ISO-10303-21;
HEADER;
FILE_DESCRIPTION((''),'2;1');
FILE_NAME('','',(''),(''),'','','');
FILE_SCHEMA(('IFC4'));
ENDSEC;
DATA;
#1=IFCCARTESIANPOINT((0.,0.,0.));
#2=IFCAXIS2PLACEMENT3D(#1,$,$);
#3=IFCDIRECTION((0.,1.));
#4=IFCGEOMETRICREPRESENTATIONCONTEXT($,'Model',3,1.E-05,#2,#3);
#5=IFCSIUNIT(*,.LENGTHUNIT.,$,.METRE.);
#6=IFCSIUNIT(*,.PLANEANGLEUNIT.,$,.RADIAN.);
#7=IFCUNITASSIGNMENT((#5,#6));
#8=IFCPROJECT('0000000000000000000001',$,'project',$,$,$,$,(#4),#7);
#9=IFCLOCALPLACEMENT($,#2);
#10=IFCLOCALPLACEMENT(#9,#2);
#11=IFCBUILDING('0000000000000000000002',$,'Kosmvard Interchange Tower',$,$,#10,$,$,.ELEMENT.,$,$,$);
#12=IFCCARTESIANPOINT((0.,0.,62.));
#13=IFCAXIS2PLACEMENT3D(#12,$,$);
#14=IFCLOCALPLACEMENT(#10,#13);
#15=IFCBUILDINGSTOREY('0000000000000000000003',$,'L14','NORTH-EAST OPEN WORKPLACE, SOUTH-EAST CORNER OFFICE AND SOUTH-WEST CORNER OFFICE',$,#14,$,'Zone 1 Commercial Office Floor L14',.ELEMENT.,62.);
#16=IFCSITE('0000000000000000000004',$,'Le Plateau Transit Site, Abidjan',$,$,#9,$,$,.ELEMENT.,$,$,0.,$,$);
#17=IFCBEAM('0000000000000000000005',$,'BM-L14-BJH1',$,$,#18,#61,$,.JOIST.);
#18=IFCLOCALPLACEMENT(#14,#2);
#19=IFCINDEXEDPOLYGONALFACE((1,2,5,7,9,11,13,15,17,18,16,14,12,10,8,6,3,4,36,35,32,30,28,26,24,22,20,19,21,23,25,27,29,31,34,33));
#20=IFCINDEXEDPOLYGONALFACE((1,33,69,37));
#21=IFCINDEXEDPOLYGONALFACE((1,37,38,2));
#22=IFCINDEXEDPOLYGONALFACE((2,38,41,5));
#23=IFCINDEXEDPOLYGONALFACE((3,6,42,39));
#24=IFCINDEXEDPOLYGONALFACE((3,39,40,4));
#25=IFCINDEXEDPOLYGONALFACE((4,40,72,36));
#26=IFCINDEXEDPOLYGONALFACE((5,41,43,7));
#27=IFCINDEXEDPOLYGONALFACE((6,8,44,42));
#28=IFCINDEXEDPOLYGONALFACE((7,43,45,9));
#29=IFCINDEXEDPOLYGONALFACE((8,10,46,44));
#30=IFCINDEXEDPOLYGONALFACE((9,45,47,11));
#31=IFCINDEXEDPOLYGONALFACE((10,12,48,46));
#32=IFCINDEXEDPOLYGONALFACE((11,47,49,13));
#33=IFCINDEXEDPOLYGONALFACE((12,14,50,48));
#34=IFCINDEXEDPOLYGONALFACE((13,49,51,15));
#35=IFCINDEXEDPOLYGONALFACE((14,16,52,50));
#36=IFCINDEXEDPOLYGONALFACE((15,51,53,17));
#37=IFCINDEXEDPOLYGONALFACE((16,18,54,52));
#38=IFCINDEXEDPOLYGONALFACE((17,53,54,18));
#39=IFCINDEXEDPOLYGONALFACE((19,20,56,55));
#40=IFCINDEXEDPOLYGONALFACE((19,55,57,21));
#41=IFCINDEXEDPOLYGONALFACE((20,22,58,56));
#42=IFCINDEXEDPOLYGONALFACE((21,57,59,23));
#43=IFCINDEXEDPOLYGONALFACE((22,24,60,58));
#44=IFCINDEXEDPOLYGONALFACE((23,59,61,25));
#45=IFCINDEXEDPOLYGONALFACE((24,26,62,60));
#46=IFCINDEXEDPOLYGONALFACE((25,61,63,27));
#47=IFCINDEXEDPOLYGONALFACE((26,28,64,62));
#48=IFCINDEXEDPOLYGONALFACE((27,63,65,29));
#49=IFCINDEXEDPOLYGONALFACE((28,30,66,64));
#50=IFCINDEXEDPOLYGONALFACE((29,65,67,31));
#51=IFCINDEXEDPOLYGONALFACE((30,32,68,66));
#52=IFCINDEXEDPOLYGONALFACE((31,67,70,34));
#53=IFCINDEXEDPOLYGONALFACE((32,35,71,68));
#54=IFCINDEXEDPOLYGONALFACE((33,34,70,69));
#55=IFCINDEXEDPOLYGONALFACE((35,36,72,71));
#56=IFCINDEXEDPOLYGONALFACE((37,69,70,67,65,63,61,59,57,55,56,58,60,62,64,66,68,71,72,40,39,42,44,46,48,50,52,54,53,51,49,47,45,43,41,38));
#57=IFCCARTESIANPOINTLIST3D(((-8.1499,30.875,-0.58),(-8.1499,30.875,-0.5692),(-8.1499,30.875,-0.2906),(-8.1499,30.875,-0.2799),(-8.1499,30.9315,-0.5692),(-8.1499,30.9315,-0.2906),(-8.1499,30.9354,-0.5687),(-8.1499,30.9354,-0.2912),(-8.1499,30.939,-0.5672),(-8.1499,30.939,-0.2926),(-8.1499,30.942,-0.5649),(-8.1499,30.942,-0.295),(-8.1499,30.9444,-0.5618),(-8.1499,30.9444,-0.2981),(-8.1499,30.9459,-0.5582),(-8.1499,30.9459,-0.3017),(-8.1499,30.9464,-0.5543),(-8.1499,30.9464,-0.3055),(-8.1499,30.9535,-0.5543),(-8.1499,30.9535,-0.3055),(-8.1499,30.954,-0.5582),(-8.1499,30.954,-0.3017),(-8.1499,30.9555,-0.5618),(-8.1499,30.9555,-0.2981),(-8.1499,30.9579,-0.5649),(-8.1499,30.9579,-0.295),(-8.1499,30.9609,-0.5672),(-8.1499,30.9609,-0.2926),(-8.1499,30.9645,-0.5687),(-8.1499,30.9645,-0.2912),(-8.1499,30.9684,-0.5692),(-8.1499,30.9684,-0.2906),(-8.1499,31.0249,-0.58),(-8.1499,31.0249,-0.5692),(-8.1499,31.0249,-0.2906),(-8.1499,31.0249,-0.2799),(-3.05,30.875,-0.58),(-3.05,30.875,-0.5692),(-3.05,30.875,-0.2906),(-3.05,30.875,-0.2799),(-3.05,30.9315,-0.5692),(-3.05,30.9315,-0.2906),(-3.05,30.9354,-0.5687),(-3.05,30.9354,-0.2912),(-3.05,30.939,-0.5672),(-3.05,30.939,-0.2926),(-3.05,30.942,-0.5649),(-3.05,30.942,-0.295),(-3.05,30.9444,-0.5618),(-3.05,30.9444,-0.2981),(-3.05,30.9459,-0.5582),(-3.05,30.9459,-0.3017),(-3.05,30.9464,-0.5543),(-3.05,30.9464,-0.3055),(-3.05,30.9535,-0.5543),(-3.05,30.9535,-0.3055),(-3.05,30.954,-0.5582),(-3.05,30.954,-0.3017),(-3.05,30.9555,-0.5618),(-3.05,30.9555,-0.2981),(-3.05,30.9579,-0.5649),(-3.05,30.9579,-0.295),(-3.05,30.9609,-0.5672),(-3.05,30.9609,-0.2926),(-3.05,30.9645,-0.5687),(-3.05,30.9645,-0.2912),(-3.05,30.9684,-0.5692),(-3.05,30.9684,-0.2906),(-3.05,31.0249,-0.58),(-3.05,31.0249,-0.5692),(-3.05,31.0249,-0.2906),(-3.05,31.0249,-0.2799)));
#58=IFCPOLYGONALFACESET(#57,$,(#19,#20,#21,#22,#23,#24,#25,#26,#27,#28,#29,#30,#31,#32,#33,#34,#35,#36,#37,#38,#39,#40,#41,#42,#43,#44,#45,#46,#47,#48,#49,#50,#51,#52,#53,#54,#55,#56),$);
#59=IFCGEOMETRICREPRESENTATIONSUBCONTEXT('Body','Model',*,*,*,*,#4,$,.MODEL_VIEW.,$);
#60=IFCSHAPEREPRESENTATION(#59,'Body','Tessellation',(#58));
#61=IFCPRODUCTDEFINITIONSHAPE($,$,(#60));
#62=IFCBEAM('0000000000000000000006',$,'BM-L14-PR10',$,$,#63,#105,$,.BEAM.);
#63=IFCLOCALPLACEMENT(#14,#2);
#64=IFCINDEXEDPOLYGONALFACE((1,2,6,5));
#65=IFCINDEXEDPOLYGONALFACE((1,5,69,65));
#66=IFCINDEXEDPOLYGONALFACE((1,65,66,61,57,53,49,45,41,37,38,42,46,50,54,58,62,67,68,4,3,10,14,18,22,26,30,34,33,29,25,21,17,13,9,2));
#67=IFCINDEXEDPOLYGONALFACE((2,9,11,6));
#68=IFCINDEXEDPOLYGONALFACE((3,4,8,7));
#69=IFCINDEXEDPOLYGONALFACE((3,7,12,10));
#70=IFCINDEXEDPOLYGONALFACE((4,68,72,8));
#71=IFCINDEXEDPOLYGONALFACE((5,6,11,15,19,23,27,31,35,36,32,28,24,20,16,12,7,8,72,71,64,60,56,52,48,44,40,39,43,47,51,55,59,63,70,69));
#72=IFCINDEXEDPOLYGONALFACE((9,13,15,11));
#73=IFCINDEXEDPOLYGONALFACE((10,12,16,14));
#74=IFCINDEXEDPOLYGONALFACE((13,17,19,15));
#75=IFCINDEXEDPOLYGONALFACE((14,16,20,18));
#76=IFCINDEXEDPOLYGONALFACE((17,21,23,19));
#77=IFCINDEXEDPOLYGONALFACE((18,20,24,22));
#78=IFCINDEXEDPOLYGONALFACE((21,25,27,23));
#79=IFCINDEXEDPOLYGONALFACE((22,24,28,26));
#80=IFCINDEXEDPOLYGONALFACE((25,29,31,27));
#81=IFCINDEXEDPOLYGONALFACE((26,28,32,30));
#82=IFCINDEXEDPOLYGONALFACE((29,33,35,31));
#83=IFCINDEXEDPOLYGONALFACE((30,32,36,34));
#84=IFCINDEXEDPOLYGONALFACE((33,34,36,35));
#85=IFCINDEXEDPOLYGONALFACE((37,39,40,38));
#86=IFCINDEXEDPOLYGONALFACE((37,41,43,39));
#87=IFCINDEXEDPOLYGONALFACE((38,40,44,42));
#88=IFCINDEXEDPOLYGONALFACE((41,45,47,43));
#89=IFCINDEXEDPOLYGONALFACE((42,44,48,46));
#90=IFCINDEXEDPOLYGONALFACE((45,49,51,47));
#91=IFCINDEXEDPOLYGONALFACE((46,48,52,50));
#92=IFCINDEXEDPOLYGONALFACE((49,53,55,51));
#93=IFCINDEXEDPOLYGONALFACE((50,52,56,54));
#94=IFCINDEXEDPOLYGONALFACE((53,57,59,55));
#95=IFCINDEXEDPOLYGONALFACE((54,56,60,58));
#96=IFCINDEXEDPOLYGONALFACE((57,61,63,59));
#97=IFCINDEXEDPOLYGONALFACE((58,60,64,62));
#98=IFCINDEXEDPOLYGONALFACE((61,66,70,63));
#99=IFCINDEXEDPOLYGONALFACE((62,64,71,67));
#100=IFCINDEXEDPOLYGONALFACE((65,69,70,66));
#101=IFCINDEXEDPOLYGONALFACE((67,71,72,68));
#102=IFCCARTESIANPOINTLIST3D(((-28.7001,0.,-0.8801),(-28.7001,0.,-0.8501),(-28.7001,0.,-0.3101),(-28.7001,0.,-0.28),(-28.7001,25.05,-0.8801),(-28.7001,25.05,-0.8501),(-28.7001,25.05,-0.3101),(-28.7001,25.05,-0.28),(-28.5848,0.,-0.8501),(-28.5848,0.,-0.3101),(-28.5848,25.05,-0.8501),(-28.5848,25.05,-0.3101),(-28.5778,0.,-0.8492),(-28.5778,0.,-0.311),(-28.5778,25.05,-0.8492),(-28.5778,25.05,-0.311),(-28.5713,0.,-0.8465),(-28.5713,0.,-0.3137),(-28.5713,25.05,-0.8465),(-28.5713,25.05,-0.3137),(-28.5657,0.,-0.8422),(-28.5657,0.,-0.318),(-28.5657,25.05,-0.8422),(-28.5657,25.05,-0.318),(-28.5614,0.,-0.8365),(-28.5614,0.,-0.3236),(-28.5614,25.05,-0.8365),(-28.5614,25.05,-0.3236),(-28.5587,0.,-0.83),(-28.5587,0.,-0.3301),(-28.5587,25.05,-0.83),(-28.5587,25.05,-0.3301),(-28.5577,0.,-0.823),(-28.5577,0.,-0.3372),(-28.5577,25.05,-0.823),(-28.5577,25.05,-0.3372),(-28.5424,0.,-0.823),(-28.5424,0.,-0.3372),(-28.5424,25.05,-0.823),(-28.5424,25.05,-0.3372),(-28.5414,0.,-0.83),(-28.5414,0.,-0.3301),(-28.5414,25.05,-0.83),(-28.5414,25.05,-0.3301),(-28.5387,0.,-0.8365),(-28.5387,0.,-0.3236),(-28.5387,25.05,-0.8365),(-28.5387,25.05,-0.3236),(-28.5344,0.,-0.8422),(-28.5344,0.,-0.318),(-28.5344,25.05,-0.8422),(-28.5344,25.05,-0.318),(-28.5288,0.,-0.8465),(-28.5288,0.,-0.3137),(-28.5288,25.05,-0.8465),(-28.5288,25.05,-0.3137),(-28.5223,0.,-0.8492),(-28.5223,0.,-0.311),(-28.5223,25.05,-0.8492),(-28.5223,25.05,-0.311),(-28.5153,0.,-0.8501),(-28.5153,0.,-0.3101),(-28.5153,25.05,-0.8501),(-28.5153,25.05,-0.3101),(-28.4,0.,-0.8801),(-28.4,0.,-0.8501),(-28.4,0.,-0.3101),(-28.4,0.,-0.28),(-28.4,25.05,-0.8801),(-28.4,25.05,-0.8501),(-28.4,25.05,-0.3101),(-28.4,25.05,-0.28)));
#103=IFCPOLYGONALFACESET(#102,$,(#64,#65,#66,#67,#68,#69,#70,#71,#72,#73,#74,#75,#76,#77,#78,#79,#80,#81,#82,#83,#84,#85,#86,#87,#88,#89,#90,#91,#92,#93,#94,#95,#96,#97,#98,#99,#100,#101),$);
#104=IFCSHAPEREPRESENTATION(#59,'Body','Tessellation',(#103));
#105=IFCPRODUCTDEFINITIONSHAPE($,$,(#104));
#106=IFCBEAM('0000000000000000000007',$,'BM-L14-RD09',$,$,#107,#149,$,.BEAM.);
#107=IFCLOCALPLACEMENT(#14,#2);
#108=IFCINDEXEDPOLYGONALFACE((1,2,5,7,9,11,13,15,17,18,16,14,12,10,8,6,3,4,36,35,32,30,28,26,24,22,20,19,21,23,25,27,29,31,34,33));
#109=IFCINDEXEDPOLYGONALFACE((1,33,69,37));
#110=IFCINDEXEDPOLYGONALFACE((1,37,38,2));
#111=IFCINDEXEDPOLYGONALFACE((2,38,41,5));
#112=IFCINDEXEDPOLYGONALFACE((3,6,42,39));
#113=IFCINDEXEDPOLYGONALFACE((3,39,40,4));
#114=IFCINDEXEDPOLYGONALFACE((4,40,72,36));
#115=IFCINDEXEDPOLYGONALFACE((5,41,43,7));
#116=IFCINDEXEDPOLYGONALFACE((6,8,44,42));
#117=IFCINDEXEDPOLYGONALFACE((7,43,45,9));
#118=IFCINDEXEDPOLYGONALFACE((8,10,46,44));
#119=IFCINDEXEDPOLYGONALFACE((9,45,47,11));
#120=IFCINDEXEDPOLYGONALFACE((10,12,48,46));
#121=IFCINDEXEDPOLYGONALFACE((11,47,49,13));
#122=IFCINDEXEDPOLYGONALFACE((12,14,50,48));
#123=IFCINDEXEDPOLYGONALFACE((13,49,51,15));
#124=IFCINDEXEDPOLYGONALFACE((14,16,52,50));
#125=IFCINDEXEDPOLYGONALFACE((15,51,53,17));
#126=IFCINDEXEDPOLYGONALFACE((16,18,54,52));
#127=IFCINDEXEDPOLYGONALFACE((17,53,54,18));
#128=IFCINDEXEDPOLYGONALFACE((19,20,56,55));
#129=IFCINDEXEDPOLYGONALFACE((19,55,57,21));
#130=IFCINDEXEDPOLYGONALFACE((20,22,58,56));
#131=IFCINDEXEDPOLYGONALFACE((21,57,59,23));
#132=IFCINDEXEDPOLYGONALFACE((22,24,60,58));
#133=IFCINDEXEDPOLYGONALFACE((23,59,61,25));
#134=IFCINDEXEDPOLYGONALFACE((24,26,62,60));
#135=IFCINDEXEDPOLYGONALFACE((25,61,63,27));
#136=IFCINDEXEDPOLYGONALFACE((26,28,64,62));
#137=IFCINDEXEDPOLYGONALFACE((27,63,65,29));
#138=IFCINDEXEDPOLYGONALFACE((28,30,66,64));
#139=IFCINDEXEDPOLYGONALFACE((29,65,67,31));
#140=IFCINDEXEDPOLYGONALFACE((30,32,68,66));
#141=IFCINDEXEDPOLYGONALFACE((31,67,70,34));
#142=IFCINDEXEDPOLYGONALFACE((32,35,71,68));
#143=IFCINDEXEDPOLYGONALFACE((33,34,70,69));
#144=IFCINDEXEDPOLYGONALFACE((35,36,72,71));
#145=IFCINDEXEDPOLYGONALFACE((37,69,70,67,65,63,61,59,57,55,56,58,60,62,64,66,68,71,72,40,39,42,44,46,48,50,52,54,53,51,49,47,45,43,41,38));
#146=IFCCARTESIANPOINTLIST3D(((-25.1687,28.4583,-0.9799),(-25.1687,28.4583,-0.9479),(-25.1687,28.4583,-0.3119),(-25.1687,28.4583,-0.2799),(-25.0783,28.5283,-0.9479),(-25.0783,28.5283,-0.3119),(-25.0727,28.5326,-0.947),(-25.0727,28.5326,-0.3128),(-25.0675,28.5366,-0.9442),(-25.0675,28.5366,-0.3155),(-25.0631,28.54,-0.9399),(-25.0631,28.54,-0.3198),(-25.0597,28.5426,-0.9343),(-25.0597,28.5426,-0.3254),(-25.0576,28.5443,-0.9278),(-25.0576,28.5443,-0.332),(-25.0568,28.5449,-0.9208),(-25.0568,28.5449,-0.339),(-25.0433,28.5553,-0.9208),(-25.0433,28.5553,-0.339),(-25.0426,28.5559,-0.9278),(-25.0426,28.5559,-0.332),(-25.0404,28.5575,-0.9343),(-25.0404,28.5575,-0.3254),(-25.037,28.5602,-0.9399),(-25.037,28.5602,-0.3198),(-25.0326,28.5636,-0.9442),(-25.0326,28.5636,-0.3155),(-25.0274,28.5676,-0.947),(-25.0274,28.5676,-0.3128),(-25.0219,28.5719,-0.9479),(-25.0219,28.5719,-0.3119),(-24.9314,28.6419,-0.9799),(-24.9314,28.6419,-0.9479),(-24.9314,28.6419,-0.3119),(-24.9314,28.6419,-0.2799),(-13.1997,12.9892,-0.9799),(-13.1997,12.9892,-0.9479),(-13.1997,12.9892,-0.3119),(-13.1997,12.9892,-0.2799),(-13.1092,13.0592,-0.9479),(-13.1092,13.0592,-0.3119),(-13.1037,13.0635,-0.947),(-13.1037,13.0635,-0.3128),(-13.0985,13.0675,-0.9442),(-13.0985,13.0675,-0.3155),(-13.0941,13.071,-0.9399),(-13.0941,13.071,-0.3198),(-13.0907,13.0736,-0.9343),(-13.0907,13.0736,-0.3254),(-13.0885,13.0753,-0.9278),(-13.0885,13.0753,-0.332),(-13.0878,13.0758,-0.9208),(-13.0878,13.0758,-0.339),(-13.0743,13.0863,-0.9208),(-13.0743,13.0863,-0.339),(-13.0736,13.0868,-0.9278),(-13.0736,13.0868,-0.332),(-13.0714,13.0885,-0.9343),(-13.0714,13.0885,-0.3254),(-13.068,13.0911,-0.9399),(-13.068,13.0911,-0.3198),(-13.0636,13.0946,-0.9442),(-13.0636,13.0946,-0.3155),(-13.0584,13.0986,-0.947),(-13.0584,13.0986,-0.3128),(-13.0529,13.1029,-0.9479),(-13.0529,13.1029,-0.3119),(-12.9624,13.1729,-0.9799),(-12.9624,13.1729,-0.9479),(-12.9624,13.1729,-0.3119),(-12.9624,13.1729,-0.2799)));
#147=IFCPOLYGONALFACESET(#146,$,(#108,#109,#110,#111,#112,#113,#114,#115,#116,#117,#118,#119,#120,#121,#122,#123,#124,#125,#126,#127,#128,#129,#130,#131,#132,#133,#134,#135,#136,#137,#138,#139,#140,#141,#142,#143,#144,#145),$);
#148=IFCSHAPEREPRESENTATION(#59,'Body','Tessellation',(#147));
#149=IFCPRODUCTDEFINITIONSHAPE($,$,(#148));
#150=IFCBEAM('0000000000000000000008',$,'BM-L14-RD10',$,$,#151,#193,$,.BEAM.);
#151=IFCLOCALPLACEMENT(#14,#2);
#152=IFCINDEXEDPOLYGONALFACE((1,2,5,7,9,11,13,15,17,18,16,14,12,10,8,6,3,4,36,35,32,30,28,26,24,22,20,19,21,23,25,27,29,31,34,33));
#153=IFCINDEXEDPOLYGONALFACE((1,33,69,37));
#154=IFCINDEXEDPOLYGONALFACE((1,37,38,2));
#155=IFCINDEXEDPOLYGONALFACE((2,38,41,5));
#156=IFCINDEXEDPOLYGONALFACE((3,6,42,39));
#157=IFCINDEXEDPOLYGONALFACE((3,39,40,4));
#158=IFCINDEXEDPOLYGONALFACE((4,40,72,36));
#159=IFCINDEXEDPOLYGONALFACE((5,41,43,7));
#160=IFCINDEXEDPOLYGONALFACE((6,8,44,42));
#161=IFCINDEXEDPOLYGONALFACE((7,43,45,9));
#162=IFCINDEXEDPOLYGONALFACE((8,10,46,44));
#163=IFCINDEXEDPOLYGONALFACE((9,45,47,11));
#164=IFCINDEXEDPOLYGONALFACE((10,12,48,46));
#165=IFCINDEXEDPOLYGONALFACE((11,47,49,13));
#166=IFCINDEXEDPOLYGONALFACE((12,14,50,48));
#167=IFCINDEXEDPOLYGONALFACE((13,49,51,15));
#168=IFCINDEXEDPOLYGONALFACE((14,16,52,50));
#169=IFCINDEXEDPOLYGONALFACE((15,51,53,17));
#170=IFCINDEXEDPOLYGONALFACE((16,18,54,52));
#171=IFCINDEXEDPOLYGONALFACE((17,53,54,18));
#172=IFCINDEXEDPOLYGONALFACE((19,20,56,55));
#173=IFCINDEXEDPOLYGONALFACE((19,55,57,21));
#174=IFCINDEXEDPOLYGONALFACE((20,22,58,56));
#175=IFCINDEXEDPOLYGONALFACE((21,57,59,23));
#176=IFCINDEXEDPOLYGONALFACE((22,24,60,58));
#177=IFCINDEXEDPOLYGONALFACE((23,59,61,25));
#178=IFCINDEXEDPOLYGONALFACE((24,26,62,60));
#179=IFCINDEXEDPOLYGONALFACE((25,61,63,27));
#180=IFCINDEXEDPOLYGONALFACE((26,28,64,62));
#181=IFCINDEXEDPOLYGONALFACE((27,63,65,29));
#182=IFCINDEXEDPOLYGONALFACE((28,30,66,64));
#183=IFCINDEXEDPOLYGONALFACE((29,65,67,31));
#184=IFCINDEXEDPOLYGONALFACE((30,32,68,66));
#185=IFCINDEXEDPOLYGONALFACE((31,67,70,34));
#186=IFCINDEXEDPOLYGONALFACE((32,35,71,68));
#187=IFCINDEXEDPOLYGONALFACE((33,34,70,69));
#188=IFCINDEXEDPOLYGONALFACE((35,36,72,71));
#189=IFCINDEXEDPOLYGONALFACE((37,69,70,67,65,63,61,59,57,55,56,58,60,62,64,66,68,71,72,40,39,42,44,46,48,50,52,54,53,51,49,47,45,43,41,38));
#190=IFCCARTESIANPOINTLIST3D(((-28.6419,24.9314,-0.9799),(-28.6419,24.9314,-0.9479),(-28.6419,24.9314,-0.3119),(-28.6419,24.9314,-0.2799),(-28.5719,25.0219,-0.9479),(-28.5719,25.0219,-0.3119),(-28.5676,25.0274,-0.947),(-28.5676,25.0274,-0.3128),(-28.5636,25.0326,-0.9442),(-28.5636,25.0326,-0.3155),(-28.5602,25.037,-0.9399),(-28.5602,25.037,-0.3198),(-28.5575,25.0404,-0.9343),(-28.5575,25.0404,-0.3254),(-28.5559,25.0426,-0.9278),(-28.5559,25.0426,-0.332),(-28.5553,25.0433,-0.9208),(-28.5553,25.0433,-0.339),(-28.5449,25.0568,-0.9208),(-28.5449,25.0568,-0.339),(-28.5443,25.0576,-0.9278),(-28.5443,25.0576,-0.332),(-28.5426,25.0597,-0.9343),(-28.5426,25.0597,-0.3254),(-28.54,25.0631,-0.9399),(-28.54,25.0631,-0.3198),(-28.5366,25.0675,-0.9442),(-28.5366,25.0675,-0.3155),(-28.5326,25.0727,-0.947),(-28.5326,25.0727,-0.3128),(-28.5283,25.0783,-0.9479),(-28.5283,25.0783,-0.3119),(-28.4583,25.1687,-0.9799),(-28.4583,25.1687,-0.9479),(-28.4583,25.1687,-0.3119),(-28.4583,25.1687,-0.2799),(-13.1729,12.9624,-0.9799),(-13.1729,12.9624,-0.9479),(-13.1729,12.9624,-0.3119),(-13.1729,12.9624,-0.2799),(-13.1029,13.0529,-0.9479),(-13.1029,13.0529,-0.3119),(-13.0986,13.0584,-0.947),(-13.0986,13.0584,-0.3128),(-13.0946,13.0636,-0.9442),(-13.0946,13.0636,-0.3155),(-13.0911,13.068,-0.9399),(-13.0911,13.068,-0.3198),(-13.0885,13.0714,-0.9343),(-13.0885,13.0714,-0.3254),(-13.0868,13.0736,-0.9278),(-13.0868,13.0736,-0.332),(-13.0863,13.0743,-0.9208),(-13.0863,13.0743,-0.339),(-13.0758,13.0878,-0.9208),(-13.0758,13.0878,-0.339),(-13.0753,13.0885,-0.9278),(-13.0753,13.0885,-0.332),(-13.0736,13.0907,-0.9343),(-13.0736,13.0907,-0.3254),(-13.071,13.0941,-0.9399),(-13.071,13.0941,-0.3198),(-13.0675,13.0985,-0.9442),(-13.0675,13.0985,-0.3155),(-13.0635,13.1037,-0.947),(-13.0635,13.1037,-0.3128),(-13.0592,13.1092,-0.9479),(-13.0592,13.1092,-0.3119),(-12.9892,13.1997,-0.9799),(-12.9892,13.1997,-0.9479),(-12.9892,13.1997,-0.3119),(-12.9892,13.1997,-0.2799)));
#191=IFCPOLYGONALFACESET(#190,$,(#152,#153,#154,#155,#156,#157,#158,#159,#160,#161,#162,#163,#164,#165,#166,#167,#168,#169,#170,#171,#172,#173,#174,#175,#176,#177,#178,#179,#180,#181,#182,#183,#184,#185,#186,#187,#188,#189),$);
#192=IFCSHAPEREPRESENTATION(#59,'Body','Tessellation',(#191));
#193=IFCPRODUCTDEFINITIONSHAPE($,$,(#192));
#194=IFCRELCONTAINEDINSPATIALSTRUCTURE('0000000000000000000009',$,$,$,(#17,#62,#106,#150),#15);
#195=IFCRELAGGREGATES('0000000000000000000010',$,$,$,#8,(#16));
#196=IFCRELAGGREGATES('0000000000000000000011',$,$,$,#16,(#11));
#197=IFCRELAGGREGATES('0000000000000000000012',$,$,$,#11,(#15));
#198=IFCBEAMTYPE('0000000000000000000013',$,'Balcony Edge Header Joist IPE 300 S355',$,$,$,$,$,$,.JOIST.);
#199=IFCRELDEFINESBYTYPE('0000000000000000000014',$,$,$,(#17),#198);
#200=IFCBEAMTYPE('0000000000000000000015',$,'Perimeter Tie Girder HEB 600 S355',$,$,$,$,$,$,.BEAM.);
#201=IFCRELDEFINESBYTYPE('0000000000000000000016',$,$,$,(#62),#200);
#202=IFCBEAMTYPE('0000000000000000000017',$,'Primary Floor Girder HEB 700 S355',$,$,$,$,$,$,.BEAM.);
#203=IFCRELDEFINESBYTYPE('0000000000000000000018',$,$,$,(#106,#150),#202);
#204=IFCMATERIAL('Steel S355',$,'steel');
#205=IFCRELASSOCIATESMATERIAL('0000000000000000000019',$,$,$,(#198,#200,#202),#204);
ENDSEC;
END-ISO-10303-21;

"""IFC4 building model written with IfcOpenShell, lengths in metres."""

from ifc_helpers import new_model, si_unit, direction, frame, origin, origin_2d, place, context, subcontext, project, spatial, i_section, extrude, source, transform, mapped, material, material_profile, profile_set, type_object, element, save


model = new_model("IFC4")

# Units and contexts
model_context = context("Model", 3, precision=1e-05, world=origin(), true_north=direction((0.0, 1.0)))
body_context = subcontext(model_context, "Body", "Model", "MODEL_VIEW")
ifc_project = project(units=[si_unit("LENGTHUNIT", "METRE"), si_unit("PLANEANGLEUNIT", "RADIAN")], contexts=[model_context])

# Site, building, storey
site_placement = place(None, origin())
site = spatial("IfcSite", under=ifc_project, at=site_placement, Name="Le Plateau Transit Site, Abidjan", CompositionType="ELEMENT", RefElevation=0.0)
building_placement = place(site_placement, origin())
building = spatial("IfcBuilding", under=site, at=building_placement, Name="Kosmvard Interchange Tower", CompositionType="ELEMENT")
storey_placement = place(building_placement, frame((0.0, 0.0, 62.0)))
storey = spatial("IfcBuildingStorey", under=building, at=storey_placement, Name="L14", Description="NORTH-EAST OPEN WORKPLACE, SOUTH-EAST CORNER OFFICE AND SOUTH-WEST CORNER OFFICE", LongName="Zone 1 Commercial Office Floor L14", CompositionType="ELEMENT", Elevation=62.0)

# Beams
ifc_material_1 = material(Name="Steel S355", Category="steel")
ifc_material_profile_1 = material_profile(ifc_material_1, i_section(OverallWidth=0.1499, OverallDepth=0.3, WebThickness=0.0071, FlangeThickness=0.0107, FilletRadius=0.0149, at=origin_2d()), Name="IPE 300")
ifc_profile_set_1 = profile_set([ifc_material_profile_1], Name="Steel S355")
beam_type_1 = type_object("IfcBeamType", Name="Balcony Edge Header Joist IPE 300 S355", PredefinedType="JOIST", material=ifc_profile_set_1)
shared_shape_1 = source(origin(), body_context, "Body", "SweptSolid", [
    extrude(i_section(OverallWidth=0.1499, OverallDepth=0.3, WebThickness=0.0071, FlangeThickness=0.0107, FilletRadius=0.0149, at=origin_2d()), origin(), (0.0, 0.0, 1.0), 5.0999),
])
beam_1_placement = place(storey_placement, frame((-3.05, 30.95, -0.4299), z_axis=(-1.0, 0.0, 0.0), x_axis=(0.0, -1.0, 0.0)))
element("IfcBeam", 1, at=beam_1_placement, inside=storey, type_object=beam_type_1, Name="BM-L14-BJH1", PredefinedType="JOIST", context=body_context, shape_type="MappedRepresentation", body=[
    mapped(shared_shape_1, transform((0.0, 0.0, 0.0), scale=1.0)),
])
ifc_material_profile_2 = material_profile(ifc_material_1, i_section(OverallWidth=0.3, OverallDepth=0.6001, WebThickness=0.0154, FlangeThickness=0.03, FilletRadius=0.0271, at=origin_2d()), Name="HEB 600")
ifc_profile_set_2 = profile_set([ifc_material_profile_2], Name="Steel S355")
beam_type_2 = type_object("IfcBeamType", Name="Perimeter Tie Girder HEB 600 S355", PredefinedType="BEAM", material=ifc_profile_set_2)
shared_shape_2 = source(origin(), body_context, "Body", "SweptSolid", [
    extrude(i_section(OverallWidth=0.3, OverallDepth=0.6001, WebThickness=0.0154, FlangeThickness=0.03, FilletRadius=0.0271, at=origin_2d()), origin(), (0.0, 0.0, 1.0), 25.05),
])
beam_2_placement = place(storey_placement, frame((-28.55, 25.05, -0.5801), z_axis=(0.0, -1.0, 0.0), x_axis=(1.0, 0.0, 0.0)))
element("IfcBeam", 2, at=beam_2_placement, inside=storey, type_object=beam_type_2, Name="BM-L14-PR10", PredefinedType="BEAM", context=body_context, shape_type="MappedRepresentation", body=[
    mapped(shared_shape_2, transform((0.0, 0.0, 0.0), scale=1.0)),
])
ifc_material_profile_3 = material_profile(ifc_material_1, i_section(OverallWidth=0.3, OverallDepth=0.7, WebThickness=0.0171, FlangeThickness=0.032, FilletRadius=0.0271, at=origin_2d()), Name="HEB 700")
ifc_profile_set_3 = profile_set([ifc_material_profile_3], Name="Steel S355")
beam_type_3 = type_object("IfcBeamType", Name="Primary Floor Girder HEB 700 S355", PredefinedType="BEAM", material=ifc_profile_set_3)
shared_shape_3 = source(origin(), body_context, "Body", "SweptSolid", [
    extrude(i_section(OverallWidth=0.3, OverallDepth=0.7, WebThickness=0.0171, FlangeThickness=0.032, FilletRadius=0.0271, at=origin_2d()), origin(), (0.0, 0.0, 1.0), 19.5588),
])
for number, where, z_axis, x_axis, name in (
    (3, (-13.0811, 13.0811, -0.6299), (-0.611949, 0.790897, 0.0), (-0.790897, -0.611949, 0.0), "BM-L14-RD09"),
    (4, (-13.0811, 13.0811, -0.6299), (-0.790897, 0.611949, 0.0), (-0.611949, -0.790897, 0.0), "BM-L14-RD10"),
):
    element("IfcBeam", number, at=place(storey_placement, frame(where, z_axis=z_axis, x_axis=x_axis)), inside=storey, type_object=beam_type_3, Name=name, PredefinedType="BEAM", context=body_context, shape_type="MappedRepresentation", body=[
        mapped(shared_shape_3, transform((0.0, 0.0, 0.0), scale=1.0)),
    ])

save(model, "model.ifc")
